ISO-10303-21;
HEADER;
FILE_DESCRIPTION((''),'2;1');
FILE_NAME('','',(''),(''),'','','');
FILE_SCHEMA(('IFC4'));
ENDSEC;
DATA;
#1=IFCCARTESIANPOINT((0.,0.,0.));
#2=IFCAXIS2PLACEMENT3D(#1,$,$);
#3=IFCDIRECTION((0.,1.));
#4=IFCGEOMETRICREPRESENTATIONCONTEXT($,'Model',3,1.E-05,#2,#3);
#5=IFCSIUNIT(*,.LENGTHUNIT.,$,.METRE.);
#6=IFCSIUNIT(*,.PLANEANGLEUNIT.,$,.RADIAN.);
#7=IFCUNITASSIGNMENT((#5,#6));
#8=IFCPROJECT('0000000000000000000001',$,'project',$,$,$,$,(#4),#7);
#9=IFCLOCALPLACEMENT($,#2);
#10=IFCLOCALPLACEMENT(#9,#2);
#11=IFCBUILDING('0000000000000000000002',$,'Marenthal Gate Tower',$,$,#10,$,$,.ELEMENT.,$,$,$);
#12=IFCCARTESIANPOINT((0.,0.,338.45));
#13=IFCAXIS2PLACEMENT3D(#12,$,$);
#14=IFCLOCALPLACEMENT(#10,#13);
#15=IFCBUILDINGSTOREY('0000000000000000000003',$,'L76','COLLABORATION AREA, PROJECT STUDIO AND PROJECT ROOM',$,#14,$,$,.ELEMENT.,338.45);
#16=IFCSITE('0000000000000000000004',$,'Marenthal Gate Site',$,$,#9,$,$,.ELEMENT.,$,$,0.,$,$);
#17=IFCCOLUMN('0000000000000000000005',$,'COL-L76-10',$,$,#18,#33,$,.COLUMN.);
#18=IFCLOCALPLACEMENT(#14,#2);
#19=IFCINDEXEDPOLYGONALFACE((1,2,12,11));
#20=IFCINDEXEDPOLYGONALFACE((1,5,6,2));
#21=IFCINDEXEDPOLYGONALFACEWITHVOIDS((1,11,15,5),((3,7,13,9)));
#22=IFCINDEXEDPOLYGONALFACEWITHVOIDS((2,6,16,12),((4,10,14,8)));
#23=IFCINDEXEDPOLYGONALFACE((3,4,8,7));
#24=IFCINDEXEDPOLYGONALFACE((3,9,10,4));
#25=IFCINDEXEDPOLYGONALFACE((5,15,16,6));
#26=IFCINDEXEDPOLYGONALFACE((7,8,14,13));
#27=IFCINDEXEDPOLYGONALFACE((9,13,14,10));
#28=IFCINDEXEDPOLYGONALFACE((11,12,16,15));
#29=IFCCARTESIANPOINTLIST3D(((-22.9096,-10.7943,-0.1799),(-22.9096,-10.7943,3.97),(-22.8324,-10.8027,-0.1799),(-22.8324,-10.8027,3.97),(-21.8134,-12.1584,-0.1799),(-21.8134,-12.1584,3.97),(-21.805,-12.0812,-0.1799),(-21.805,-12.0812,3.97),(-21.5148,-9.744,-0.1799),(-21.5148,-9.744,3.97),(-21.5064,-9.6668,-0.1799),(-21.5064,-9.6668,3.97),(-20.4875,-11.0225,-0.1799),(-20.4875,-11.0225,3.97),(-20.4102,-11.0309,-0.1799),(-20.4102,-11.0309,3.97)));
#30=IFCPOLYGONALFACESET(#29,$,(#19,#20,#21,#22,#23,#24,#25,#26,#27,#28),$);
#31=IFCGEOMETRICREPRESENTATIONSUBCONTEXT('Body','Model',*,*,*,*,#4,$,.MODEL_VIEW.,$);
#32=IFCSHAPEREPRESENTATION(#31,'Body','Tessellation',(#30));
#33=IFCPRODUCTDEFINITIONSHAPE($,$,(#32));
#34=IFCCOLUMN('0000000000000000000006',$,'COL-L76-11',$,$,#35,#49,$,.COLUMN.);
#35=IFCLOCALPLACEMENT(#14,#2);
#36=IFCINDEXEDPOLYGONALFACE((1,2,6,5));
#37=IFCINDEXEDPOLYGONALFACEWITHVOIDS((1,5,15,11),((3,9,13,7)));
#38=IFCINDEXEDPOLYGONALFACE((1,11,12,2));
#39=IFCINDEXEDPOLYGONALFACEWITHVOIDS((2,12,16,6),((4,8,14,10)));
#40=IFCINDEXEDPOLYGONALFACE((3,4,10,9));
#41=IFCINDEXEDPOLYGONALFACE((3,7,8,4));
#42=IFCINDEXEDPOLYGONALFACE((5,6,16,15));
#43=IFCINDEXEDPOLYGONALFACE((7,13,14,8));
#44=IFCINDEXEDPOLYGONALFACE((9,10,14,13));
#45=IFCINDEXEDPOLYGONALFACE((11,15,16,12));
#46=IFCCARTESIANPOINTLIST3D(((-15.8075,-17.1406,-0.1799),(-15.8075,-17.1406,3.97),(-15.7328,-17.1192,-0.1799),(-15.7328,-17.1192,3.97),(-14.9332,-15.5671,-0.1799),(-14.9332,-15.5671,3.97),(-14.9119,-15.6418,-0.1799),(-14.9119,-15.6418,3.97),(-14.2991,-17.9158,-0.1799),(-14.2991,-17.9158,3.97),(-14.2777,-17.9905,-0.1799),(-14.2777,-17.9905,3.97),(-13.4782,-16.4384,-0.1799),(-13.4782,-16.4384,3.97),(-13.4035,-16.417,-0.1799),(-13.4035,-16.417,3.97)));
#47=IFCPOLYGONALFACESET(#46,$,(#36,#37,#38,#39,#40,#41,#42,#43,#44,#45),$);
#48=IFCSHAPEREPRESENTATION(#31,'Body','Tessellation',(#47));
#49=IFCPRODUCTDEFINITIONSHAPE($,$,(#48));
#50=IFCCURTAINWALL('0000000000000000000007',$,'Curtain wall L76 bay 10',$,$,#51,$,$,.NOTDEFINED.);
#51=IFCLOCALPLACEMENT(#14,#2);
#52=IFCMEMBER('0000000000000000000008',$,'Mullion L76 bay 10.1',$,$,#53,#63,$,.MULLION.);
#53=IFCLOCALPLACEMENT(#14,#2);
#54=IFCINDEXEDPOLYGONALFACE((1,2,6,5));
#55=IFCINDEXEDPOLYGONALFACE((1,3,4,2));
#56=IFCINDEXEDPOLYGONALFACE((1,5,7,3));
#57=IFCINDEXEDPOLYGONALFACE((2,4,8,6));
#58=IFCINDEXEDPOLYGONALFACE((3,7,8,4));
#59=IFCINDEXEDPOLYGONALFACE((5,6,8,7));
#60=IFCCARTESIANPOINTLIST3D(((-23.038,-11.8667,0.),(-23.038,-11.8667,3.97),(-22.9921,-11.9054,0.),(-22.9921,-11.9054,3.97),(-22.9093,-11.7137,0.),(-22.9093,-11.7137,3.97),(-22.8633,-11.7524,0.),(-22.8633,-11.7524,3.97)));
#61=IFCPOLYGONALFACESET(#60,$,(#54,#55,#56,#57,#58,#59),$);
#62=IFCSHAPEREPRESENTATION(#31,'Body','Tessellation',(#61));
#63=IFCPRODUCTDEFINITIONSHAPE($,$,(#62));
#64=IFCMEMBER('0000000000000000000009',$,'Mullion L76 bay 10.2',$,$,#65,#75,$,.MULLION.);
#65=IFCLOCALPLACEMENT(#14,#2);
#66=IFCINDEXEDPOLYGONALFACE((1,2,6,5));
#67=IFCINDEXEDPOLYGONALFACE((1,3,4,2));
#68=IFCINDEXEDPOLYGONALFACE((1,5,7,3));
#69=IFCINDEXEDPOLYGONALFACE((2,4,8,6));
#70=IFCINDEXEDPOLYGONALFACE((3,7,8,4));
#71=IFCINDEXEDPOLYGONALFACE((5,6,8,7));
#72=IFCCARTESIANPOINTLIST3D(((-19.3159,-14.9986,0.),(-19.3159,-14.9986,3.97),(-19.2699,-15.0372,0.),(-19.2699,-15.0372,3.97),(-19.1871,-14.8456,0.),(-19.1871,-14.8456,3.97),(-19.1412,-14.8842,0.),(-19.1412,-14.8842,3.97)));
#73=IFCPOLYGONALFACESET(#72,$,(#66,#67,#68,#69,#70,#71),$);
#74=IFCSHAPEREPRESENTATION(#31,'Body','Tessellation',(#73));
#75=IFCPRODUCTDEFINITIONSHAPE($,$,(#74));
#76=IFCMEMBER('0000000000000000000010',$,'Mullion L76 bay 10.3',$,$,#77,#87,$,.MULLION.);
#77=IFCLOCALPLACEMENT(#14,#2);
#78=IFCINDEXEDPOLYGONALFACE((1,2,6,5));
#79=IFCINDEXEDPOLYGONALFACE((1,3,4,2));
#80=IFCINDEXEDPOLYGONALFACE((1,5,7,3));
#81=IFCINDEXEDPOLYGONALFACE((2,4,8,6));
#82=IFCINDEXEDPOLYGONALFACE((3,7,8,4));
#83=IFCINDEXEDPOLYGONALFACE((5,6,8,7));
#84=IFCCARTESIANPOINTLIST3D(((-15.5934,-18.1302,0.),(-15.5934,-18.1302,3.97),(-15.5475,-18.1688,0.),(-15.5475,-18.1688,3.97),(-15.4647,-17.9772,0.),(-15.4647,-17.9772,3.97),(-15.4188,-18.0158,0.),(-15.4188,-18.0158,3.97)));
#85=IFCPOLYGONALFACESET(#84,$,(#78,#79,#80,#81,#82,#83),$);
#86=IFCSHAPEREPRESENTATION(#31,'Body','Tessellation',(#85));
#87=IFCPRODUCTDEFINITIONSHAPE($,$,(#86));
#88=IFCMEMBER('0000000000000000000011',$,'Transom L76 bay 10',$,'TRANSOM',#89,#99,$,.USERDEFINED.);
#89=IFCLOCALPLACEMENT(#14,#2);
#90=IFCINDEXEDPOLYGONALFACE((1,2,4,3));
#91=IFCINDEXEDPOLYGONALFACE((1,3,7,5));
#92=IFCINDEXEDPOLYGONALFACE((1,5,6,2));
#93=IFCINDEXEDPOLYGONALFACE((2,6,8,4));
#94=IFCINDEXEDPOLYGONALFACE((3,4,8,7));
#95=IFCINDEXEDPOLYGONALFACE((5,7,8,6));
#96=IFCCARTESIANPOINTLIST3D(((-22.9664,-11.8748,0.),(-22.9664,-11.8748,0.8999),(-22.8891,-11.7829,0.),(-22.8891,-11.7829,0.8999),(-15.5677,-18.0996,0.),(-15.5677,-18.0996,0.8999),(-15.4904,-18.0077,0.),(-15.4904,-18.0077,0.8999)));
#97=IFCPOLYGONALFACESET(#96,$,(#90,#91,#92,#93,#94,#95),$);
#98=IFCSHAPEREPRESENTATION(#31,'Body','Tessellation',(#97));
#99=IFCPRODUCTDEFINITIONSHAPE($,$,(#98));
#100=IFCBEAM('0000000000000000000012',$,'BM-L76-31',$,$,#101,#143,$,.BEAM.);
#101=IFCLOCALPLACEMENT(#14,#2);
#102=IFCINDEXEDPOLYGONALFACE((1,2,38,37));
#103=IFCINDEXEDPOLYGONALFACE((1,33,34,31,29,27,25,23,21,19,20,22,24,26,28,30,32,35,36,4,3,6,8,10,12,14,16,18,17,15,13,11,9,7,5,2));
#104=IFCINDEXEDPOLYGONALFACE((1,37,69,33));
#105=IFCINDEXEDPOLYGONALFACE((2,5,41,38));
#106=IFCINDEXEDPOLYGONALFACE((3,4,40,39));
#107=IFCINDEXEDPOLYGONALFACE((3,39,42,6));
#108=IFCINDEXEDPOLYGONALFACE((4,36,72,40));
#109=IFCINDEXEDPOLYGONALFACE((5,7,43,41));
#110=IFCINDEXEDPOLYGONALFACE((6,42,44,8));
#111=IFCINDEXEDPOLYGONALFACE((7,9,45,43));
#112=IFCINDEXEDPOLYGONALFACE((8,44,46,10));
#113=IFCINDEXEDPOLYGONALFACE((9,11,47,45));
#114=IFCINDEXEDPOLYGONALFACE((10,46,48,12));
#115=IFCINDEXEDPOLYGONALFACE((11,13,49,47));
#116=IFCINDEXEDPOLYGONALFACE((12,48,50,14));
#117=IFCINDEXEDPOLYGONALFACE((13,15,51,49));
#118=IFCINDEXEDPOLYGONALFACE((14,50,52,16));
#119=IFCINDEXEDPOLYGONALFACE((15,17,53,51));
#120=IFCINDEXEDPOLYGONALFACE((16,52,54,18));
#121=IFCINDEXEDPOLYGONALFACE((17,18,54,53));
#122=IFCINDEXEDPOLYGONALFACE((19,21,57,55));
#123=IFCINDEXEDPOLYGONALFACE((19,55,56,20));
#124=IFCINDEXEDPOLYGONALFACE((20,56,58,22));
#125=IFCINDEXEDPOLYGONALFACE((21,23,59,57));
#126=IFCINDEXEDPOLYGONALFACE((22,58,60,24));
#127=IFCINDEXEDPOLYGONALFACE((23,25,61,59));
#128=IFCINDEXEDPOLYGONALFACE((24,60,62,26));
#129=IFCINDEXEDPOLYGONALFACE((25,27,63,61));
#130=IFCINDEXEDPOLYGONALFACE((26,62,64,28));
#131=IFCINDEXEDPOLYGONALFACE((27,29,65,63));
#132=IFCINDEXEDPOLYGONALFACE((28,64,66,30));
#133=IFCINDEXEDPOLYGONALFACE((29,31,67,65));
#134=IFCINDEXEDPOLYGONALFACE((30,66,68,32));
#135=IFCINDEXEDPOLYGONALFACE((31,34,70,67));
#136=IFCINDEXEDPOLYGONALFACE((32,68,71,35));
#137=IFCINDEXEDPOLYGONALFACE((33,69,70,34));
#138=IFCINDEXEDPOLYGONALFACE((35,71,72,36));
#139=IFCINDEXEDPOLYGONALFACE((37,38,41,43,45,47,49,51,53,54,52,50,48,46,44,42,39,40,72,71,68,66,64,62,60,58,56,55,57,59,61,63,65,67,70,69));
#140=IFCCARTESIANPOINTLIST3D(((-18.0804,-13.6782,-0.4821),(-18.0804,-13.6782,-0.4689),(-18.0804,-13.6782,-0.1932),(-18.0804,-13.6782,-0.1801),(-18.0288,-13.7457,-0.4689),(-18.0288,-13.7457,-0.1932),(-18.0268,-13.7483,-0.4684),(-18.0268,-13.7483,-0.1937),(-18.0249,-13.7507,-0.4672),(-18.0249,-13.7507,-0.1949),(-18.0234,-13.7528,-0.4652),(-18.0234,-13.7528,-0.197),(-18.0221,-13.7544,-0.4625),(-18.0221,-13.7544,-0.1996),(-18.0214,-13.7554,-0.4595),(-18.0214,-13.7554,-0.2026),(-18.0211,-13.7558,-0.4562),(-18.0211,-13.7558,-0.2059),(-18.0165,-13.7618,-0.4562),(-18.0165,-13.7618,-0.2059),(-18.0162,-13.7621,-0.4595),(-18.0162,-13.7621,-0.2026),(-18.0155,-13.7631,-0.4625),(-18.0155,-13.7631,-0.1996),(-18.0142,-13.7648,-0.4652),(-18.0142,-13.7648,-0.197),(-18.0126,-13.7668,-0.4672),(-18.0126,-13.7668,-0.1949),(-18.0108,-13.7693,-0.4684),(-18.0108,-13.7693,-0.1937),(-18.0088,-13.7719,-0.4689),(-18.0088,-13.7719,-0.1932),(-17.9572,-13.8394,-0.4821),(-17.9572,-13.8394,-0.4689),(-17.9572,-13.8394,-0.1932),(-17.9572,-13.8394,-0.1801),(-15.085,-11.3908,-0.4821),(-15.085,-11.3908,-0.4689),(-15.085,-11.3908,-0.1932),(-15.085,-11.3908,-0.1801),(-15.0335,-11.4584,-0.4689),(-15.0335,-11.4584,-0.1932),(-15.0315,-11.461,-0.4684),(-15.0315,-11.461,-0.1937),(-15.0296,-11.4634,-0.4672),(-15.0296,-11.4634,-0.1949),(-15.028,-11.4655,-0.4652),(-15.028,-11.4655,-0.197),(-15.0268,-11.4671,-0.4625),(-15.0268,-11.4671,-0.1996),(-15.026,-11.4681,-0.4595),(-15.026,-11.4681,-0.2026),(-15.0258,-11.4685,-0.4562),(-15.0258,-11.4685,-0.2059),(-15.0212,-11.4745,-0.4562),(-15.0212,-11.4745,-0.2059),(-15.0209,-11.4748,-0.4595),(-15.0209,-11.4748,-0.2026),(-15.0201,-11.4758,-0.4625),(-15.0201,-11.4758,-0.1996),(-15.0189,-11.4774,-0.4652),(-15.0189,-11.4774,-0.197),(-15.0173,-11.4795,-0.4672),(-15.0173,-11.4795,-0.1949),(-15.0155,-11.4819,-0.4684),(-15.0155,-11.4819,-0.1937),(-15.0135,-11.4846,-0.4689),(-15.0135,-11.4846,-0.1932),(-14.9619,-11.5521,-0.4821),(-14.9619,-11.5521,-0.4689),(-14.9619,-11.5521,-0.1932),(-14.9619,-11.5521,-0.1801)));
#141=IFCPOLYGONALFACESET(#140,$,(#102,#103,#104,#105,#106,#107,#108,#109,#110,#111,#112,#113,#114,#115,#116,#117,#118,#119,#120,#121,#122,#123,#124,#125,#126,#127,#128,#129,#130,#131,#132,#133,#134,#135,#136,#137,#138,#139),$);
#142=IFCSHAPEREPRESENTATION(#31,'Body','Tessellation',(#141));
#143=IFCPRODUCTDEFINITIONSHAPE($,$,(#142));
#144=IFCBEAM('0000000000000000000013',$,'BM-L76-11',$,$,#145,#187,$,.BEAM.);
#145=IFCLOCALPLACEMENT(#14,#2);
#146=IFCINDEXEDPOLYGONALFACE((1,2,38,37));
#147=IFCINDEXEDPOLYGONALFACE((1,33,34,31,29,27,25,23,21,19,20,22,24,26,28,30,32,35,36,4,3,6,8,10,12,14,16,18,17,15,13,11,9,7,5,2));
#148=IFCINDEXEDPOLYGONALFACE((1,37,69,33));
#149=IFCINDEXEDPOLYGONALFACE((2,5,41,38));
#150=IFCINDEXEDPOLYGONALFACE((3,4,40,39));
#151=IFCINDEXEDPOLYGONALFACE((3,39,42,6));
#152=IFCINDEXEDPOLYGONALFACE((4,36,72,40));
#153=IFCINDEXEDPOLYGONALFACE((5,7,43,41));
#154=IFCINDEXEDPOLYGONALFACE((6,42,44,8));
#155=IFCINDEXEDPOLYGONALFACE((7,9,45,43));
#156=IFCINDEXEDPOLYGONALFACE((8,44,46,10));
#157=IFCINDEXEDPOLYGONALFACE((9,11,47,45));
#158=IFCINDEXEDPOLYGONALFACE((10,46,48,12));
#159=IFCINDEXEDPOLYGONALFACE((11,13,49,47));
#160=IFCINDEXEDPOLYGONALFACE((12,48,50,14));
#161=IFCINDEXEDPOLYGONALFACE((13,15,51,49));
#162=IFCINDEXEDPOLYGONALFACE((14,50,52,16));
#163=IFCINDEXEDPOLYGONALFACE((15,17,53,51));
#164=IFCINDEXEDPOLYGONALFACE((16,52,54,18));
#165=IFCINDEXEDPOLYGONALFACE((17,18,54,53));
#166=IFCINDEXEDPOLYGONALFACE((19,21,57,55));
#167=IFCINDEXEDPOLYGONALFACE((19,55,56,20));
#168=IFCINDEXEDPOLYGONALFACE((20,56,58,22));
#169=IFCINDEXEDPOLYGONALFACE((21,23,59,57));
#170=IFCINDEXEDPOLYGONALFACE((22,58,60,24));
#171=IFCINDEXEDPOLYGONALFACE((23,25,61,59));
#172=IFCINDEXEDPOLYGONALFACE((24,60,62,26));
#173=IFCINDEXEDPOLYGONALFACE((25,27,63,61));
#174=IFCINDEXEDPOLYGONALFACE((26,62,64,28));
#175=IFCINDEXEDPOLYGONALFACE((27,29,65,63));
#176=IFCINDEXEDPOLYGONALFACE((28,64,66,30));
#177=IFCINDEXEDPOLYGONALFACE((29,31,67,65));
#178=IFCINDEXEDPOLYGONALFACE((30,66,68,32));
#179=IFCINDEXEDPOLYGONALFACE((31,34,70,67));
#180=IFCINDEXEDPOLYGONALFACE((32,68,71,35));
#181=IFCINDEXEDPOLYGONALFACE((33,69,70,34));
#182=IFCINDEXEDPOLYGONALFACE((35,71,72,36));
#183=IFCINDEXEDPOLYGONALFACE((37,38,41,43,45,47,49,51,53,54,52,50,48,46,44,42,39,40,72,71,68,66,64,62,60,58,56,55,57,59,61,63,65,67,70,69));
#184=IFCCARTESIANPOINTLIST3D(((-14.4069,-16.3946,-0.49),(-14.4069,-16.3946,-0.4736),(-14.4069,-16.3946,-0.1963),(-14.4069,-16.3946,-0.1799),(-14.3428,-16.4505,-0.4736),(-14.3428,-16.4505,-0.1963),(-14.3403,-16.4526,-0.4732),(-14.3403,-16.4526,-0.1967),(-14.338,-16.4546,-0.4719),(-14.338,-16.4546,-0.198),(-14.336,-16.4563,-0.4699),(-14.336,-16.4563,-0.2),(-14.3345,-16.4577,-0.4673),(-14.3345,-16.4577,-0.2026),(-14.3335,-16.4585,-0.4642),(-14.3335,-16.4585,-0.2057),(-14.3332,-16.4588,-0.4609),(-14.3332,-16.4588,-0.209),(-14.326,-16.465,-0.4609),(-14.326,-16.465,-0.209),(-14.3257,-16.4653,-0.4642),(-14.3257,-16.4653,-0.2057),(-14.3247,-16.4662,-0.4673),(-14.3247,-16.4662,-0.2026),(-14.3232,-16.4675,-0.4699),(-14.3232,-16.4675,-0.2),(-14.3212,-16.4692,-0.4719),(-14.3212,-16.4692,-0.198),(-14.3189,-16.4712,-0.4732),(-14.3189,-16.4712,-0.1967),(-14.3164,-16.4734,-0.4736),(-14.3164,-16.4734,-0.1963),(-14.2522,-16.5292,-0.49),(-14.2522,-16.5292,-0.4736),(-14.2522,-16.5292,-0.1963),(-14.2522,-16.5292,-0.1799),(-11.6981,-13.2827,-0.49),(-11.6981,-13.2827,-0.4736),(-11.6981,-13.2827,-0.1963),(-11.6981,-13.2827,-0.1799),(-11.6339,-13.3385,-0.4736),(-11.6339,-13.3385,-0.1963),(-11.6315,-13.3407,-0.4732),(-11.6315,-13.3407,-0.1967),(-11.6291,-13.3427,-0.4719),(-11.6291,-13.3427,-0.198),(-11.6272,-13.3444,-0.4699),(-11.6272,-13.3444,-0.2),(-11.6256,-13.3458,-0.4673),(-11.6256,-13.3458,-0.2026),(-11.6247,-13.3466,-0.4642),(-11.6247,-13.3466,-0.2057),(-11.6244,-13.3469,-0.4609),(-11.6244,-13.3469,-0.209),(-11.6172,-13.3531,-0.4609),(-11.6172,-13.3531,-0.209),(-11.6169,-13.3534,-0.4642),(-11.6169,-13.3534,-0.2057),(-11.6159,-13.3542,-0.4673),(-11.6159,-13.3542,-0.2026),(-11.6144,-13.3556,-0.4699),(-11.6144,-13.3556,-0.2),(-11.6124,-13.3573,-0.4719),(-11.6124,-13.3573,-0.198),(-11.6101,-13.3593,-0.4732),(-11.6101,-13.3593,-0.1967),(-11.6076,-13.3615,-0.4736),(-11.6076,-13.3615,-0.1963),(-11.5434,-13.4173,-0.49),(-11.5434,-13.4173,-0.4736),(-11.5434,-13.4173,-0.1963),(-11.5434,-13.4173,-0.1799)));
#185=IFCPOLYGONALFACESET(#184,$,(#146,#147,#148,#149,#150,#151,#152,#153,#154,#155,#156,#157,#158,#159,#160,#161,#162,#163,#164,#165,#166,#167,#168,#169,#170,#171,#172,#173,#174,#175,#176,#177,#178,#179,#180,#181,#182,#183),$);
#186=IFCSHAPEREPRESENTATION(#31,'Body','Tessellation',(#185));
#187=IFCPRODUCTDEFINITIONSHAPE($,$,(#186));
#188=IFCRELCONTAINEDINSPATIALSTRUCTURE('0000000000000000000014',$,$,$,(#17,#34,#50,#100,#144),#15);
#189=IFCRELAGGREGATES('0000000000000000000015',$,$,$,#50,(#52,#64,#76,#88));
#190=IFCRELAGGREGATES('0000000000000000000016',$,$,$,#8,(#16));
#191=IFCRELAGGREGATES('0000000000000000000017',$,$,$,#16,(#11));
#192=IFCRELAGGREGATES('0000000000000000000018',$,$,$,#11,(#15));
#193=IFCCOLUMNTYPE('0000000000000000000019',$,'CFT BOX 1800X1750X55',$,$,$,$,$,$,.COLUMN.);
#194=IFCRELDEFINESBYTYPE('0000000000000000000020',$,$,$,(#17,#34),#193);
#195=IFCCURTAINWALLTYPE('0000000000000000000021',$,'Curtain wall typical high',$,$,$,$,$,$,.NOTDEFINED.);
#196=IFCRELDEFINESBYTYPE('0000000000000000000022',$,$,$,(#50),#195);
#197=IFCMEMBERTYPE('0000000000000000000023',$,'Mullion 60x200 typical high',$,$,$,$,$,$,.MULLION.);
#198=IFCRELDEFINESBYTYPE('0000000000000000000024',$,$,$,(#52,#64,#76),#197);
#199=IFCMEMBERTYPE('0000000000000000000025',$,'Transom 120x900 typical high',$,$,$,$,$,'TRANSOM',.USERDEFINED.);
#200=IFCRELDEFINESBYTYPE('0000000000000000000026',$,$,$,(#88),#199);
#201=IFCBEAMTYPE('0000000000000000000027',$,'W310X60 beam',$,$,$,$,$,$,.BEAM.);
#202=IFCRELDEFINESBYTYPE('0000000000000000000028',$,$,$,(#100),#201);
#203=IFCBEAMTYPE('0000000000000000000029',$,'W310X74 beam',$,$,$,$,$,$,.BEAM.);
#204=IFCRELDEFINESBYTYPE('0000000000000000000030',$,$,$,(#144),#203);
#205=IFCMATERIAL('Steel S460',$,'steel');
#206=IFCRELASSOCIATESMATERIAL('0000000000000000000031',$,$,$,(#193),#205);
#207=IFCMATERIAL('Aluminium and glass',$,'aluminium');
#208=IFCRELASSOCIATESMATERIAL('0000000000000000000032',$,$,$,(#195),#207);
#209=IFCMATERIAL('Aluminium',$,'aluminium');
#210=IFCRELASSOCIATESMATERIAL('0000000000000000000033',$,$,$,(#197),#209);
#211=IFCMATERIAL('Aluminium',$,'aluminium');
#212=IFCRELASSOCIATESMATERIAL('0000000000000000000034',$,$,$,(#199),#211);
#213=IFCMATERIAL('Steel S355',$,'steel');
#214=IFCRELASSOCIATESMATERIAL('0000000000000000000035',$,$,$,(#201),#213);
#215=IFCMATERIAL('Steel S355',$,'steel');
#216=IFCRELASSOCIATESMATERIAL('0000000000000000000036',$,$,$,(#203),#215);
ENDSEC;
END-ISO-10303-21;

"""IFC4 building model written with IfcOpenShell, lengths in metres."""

from ifc_helpers import new_model, si_unit, direction, frame, origin, origin_2d, place, context, subcontext, project, spatial, rectangle, hollow_rectangle, i_section, extrude, material, material_profile, profile_set, type_object, element, aggregate, save


model = new_model("IFC4")

# Units and contexts
model_context = context("Model", 3, precision=1e-05, world=origin(), true_north=direction((0.0, 1.0)))
body_context = subcontext(model_context, "Body", "Model", "MODEL_VIEW")
ifc_project = project(units=[si_unit("LENGTHUNIT", "METRE"), si_unit("PLANEANGLEUNIT", "RADIAN")], contexts=[model_context])

# Site, building, storey
site_placement = place(None, origin())
site = spatial("IfcSite", under=ifc_project, at=site_placement, Name="Marenthal Gate Site", CompositionType="ELEMENT", RefElevation=0.0)
building_placement = place(site_placement, origin())
building = spatial("IfcBuilding", under=site, at=building_placement, Name="Marenthal Gate Tower", CompositionType="ELEMENT")
storey_placement = place(building_placement, frame((0.0, 0.0, 338.45)))
storey = spatial("IfcBuildingStorey", under=building, at=storey_placement, Name="L76", Description="COLLABORATION AREA, PROJECT STUDIO AND PROJECT ROOM", CompositionType="ELEMENT", Elevation=338.45)

# Columns
ifc_material_1 = material(Name="Steel S460", Category="steel")
ifc_material_profile_1 = material_profile(ifc_material_1, hollow_rectangle(XDim=1.75, YDim=1.8, WallThickness=0.0549, at=origin_2d()), Name="CFT BOX 1800X1750X55")
ifc_material_2 = material(Name="Concrete 70 MPa", Category="concrete")
ifc_material_profile_2 = material_profile(ifc_material_2, rectangle(XDim=1.6399, YDim=1.6899, at=origin_2d()), Name="CFT BOX 1800X1750X55 INFILL")
ifc_profile_set_1 = profile_set([ifc_material_profile_1, ifc_material_profile_2], Name="Steel S460 shell, Concrete 70 MPa infill")
column_type = type_object("IfcColumnType", Name="CFT BOX 1800X1750X55", PredefinedType="COLUMN", material=ifc_profile_set_1)
for number, where, z_axis, x_axis, name in (
    (1, (-21.6599, -10.9126, -0.1799), (0.0, 0.0, 1.0), (-0.626371, 0.779525, 0.0), "COL-L76-10"),
    (2, (-14.6055, -16.7788, -0.1799), (0.0, 0.0, 1.0), (-0.874131, 0.48569, 0.0), "COL-L76-11"),
):
    element("IfcColumn", number, at=place(storey_placement, frame(where, z_axis=z_axis, x_axis=x_axis)), inside=storey, type_object=column_type, Name=name, PredefinedType="COLUMN", context=body_context, shape_type="SweptSolid", body=[
        extrude(hollow_rectangle(XDim=1.75, YDim=1.8, WallThickness=0.0549, at=origin_2d()), origin(), (0.0, 0.0, 1.0), 4.1499),
    ])

# Curtain wall, members
ifc_material_3 = material(Name="Aluminium and glass", Category="aluminium")
curtain_wall_type = type_object("IfcCurtainWallType", Name="Curtain wall typical high", PredefinedType="NOTDEFINED", material=ifc_material_3)
curtain_wall_placement = place(storey_placement, origin())
curtain_wall = element("IfcCurtainWall", 3, at=curtain_wall_placement, inside=storey, type_object=curtain_wall_type, Name="Curtain wall L76 bay 10", PredefinedType="NOTDEFINED")
ifc_material_4 = material(Name="Aluminium", Category="aluminium")
ifc_material_profile_3 = material_profile(ifc_material_4, rectangle(XDim=0.2, YDim=0.0601, at=origin_2d()), Name="60x200 aluminium mullion")
ifc_profile_set_2 = profile_set([ifc_material_profile_3], Name="Aluminium")
member_type_1 = type_object("IfcMemberType", Name="Mullion 60x200 typical high", PredefinedType="MULLION", material=ifc_profile_set_2)
member_1_placement = place(storey_placement, frame((-22.9507, -11.8096, 0.0), z_axis=(0.0, 0.0, 1.0), x_axis=(0.643801, 0.765193, 0.0)))
member_1 = element("IfcMember", 4, at=member_1_placement, type_object=member_type_1, Name="Mullion L76 bay 10.1", PredefinedType="MULLION", context=body_context, shape_type="SweptSolid", body=[
    extrude(rectangle(XDim=0.2, YDim=0.0601, at=origin_2d()), origin(), (0.0, 0.0, 1.0), 3.97),
])
member_2_placement = place(storey_placement, frame((-19.2285, -14.9414, 0.0), z_axis=(0.0, 0.0, 1.0), x_axis=(0.643801, 0.765193, 0.0)))
member_2 = element("IfcMember", 5, at=member_2_placement, type_object=member_type_1, Name="Mullion L76 bay 10.2", PredefinedType="MULLION", context=body_context, shape_type="SweptSolid", body=[
    extrude(rectangle(XDim=0.2, YDim=0.0601, at=origin_2d()), origin(), (0.0, 0.0, 1.0), 3.97),
])
member_3_placement = place(storey_placement, frame((-15.5061, -18.073, 0.0), z_axis=(0.0, 0.0, 1.0), x_axis=(0.643801, 0.765193, 0.0)))
member_3 = element("IfcMember", 6, at=member_3_placement, type_object=member_type_1, Name="Mullion L76 bay 10.3", PredefinedType="MULLION", context=body_context, shape_type="SweptSolid", body=[
    extrude(rectangle(XDim=0.2, YDim=0.0601, at=origin_2d()), origin(), (0.0, 0.0, 1.0), 3.97),
])
ifc_material_5 = material(Name="Aluminium", Category="aluminium")
ifc_material_profile_4 = material_profile(ifc_material_5, rectangle(XDim=0.1201, YDim=0.8999, at=origin_2d()), Name="120x900 aluminium transom")
ifc_profile_set_3 = profile_set([ifc_material_profile_4], Name="Aluminium")
member_type_2 = type_object("IfcMemberType", Name="Transom 120x900 typical high", ElementType="TRANSOM", PredefinedType="USERDEFINED", material=ifc_profile_set_3)
member_4_placement = place(storey_placement, frame((-22.9277, -11.8289, 0.45), z_axis=(0.765197, -0.643796, 0.0), x_axis=(0.643796, 0.765197, 0.0)))
member_4 = element("IfcMember", 7, at=member_4_placement, type_object=member_type_2, Name="Transom L76 bay 10", ObjectType="TRANSOM", PredefinedType="USERDEFINED", context=body_context, shape_type="SweptSolid", body=[
    extrude(rectangle(XDim=0.1201, YDim=0.8999, at=origin_2d()), origin(), (0.0, 0.0, 1.0), 9.6689),
])

# Beams
ifc_material_6 = material(Name="Steel S355", Category="steel")
ifc_material_profile_5 = material_profile(ifc_material_6, i_section(OverallWidth=0.2029, OverallDepth=0.302, WebThickness=0.0076, FlangeThickness=0.0132, FilletRadius=0.0127, at=origin_2d()), Name="W310X60")
ifc_profile_set_4 = profile_set([ifc_material_profile_5], Name="Steel S355")
beam_type_1 = type_object("IfcBeamType", Name="W310X60 beam", PredefinedType="BEAM", material=ifc_profile_set_4)
beam_1_placement = place(storey_placement, frame((-18.0188, -13.7588, -0.3311), z_axis=(0.79477, 0.606911, 0.0), x_axis=(-0.606911, 0.79477, 0.0)))
element("IfcBeam", 8, at=beam_1_placement, inside=storey, type_object=beam_type_1, Name="BM-L76-31", PredefinedType="BEAM", context=body_context, shape_type="SweptSolid", body=[
    extrude(i_section(OverallWidth=0.2029, OverallDepth=0.302, WebThickness=0.0076, FlangeThickness=0.0132, FilletRadius=0.0127, at=origin_2d()), origin(), (0.0, 0.0, 1.0), 3.7688),
])
ifc_material_7 = material(Name="Steel S355", Category="steel")
ifc_material_profile_6 = material_profile(ifc_material_7, i_section(OverallWidth=0.2051, OverallDepth=0.3101, WebThickness=0.0095, FlangeThickness=0.0164, FilletRadius=0.0127, at=origin_2d()), Name="W310X74")
ifc_profile_set_5 = profile_set([ifc_material_profile_6], Name="Steel S355")
beam_type_2 = type_object("IfcBeamType", Name="W310X74 beam", PredefinedType="BEAM", material=ifc_profile_set_5)
beam_2_placement = place(storey_placement, frame((-14.3296, -16.4619, -0.335), z_axis=(0.656567, 0.754268, 0.0), x_axis=(-0.754268, 0.656567, 0.0)))
element("IfcBeam", 9, at=beam_2_placement, inside=storey, type_object=beam_type_2, Name="BM-L76-11", PredefinedType="BEAM", context=body_context, shape_type="SweptSolid", body=[
    extrude(i_section(OverallWidth=0.2051, OverallDepth=0.3101, WebThickness=0.0095, FlangeThickness=0.0164, FilletRadius=0.0127, at=origin_2d()), origin(), (0.0, 0.0, 1.0), 4.1257),
])

aggregate(curtain_wall, [member_1, member_2, member_3, member_4])

save(model, "model.ifc")
